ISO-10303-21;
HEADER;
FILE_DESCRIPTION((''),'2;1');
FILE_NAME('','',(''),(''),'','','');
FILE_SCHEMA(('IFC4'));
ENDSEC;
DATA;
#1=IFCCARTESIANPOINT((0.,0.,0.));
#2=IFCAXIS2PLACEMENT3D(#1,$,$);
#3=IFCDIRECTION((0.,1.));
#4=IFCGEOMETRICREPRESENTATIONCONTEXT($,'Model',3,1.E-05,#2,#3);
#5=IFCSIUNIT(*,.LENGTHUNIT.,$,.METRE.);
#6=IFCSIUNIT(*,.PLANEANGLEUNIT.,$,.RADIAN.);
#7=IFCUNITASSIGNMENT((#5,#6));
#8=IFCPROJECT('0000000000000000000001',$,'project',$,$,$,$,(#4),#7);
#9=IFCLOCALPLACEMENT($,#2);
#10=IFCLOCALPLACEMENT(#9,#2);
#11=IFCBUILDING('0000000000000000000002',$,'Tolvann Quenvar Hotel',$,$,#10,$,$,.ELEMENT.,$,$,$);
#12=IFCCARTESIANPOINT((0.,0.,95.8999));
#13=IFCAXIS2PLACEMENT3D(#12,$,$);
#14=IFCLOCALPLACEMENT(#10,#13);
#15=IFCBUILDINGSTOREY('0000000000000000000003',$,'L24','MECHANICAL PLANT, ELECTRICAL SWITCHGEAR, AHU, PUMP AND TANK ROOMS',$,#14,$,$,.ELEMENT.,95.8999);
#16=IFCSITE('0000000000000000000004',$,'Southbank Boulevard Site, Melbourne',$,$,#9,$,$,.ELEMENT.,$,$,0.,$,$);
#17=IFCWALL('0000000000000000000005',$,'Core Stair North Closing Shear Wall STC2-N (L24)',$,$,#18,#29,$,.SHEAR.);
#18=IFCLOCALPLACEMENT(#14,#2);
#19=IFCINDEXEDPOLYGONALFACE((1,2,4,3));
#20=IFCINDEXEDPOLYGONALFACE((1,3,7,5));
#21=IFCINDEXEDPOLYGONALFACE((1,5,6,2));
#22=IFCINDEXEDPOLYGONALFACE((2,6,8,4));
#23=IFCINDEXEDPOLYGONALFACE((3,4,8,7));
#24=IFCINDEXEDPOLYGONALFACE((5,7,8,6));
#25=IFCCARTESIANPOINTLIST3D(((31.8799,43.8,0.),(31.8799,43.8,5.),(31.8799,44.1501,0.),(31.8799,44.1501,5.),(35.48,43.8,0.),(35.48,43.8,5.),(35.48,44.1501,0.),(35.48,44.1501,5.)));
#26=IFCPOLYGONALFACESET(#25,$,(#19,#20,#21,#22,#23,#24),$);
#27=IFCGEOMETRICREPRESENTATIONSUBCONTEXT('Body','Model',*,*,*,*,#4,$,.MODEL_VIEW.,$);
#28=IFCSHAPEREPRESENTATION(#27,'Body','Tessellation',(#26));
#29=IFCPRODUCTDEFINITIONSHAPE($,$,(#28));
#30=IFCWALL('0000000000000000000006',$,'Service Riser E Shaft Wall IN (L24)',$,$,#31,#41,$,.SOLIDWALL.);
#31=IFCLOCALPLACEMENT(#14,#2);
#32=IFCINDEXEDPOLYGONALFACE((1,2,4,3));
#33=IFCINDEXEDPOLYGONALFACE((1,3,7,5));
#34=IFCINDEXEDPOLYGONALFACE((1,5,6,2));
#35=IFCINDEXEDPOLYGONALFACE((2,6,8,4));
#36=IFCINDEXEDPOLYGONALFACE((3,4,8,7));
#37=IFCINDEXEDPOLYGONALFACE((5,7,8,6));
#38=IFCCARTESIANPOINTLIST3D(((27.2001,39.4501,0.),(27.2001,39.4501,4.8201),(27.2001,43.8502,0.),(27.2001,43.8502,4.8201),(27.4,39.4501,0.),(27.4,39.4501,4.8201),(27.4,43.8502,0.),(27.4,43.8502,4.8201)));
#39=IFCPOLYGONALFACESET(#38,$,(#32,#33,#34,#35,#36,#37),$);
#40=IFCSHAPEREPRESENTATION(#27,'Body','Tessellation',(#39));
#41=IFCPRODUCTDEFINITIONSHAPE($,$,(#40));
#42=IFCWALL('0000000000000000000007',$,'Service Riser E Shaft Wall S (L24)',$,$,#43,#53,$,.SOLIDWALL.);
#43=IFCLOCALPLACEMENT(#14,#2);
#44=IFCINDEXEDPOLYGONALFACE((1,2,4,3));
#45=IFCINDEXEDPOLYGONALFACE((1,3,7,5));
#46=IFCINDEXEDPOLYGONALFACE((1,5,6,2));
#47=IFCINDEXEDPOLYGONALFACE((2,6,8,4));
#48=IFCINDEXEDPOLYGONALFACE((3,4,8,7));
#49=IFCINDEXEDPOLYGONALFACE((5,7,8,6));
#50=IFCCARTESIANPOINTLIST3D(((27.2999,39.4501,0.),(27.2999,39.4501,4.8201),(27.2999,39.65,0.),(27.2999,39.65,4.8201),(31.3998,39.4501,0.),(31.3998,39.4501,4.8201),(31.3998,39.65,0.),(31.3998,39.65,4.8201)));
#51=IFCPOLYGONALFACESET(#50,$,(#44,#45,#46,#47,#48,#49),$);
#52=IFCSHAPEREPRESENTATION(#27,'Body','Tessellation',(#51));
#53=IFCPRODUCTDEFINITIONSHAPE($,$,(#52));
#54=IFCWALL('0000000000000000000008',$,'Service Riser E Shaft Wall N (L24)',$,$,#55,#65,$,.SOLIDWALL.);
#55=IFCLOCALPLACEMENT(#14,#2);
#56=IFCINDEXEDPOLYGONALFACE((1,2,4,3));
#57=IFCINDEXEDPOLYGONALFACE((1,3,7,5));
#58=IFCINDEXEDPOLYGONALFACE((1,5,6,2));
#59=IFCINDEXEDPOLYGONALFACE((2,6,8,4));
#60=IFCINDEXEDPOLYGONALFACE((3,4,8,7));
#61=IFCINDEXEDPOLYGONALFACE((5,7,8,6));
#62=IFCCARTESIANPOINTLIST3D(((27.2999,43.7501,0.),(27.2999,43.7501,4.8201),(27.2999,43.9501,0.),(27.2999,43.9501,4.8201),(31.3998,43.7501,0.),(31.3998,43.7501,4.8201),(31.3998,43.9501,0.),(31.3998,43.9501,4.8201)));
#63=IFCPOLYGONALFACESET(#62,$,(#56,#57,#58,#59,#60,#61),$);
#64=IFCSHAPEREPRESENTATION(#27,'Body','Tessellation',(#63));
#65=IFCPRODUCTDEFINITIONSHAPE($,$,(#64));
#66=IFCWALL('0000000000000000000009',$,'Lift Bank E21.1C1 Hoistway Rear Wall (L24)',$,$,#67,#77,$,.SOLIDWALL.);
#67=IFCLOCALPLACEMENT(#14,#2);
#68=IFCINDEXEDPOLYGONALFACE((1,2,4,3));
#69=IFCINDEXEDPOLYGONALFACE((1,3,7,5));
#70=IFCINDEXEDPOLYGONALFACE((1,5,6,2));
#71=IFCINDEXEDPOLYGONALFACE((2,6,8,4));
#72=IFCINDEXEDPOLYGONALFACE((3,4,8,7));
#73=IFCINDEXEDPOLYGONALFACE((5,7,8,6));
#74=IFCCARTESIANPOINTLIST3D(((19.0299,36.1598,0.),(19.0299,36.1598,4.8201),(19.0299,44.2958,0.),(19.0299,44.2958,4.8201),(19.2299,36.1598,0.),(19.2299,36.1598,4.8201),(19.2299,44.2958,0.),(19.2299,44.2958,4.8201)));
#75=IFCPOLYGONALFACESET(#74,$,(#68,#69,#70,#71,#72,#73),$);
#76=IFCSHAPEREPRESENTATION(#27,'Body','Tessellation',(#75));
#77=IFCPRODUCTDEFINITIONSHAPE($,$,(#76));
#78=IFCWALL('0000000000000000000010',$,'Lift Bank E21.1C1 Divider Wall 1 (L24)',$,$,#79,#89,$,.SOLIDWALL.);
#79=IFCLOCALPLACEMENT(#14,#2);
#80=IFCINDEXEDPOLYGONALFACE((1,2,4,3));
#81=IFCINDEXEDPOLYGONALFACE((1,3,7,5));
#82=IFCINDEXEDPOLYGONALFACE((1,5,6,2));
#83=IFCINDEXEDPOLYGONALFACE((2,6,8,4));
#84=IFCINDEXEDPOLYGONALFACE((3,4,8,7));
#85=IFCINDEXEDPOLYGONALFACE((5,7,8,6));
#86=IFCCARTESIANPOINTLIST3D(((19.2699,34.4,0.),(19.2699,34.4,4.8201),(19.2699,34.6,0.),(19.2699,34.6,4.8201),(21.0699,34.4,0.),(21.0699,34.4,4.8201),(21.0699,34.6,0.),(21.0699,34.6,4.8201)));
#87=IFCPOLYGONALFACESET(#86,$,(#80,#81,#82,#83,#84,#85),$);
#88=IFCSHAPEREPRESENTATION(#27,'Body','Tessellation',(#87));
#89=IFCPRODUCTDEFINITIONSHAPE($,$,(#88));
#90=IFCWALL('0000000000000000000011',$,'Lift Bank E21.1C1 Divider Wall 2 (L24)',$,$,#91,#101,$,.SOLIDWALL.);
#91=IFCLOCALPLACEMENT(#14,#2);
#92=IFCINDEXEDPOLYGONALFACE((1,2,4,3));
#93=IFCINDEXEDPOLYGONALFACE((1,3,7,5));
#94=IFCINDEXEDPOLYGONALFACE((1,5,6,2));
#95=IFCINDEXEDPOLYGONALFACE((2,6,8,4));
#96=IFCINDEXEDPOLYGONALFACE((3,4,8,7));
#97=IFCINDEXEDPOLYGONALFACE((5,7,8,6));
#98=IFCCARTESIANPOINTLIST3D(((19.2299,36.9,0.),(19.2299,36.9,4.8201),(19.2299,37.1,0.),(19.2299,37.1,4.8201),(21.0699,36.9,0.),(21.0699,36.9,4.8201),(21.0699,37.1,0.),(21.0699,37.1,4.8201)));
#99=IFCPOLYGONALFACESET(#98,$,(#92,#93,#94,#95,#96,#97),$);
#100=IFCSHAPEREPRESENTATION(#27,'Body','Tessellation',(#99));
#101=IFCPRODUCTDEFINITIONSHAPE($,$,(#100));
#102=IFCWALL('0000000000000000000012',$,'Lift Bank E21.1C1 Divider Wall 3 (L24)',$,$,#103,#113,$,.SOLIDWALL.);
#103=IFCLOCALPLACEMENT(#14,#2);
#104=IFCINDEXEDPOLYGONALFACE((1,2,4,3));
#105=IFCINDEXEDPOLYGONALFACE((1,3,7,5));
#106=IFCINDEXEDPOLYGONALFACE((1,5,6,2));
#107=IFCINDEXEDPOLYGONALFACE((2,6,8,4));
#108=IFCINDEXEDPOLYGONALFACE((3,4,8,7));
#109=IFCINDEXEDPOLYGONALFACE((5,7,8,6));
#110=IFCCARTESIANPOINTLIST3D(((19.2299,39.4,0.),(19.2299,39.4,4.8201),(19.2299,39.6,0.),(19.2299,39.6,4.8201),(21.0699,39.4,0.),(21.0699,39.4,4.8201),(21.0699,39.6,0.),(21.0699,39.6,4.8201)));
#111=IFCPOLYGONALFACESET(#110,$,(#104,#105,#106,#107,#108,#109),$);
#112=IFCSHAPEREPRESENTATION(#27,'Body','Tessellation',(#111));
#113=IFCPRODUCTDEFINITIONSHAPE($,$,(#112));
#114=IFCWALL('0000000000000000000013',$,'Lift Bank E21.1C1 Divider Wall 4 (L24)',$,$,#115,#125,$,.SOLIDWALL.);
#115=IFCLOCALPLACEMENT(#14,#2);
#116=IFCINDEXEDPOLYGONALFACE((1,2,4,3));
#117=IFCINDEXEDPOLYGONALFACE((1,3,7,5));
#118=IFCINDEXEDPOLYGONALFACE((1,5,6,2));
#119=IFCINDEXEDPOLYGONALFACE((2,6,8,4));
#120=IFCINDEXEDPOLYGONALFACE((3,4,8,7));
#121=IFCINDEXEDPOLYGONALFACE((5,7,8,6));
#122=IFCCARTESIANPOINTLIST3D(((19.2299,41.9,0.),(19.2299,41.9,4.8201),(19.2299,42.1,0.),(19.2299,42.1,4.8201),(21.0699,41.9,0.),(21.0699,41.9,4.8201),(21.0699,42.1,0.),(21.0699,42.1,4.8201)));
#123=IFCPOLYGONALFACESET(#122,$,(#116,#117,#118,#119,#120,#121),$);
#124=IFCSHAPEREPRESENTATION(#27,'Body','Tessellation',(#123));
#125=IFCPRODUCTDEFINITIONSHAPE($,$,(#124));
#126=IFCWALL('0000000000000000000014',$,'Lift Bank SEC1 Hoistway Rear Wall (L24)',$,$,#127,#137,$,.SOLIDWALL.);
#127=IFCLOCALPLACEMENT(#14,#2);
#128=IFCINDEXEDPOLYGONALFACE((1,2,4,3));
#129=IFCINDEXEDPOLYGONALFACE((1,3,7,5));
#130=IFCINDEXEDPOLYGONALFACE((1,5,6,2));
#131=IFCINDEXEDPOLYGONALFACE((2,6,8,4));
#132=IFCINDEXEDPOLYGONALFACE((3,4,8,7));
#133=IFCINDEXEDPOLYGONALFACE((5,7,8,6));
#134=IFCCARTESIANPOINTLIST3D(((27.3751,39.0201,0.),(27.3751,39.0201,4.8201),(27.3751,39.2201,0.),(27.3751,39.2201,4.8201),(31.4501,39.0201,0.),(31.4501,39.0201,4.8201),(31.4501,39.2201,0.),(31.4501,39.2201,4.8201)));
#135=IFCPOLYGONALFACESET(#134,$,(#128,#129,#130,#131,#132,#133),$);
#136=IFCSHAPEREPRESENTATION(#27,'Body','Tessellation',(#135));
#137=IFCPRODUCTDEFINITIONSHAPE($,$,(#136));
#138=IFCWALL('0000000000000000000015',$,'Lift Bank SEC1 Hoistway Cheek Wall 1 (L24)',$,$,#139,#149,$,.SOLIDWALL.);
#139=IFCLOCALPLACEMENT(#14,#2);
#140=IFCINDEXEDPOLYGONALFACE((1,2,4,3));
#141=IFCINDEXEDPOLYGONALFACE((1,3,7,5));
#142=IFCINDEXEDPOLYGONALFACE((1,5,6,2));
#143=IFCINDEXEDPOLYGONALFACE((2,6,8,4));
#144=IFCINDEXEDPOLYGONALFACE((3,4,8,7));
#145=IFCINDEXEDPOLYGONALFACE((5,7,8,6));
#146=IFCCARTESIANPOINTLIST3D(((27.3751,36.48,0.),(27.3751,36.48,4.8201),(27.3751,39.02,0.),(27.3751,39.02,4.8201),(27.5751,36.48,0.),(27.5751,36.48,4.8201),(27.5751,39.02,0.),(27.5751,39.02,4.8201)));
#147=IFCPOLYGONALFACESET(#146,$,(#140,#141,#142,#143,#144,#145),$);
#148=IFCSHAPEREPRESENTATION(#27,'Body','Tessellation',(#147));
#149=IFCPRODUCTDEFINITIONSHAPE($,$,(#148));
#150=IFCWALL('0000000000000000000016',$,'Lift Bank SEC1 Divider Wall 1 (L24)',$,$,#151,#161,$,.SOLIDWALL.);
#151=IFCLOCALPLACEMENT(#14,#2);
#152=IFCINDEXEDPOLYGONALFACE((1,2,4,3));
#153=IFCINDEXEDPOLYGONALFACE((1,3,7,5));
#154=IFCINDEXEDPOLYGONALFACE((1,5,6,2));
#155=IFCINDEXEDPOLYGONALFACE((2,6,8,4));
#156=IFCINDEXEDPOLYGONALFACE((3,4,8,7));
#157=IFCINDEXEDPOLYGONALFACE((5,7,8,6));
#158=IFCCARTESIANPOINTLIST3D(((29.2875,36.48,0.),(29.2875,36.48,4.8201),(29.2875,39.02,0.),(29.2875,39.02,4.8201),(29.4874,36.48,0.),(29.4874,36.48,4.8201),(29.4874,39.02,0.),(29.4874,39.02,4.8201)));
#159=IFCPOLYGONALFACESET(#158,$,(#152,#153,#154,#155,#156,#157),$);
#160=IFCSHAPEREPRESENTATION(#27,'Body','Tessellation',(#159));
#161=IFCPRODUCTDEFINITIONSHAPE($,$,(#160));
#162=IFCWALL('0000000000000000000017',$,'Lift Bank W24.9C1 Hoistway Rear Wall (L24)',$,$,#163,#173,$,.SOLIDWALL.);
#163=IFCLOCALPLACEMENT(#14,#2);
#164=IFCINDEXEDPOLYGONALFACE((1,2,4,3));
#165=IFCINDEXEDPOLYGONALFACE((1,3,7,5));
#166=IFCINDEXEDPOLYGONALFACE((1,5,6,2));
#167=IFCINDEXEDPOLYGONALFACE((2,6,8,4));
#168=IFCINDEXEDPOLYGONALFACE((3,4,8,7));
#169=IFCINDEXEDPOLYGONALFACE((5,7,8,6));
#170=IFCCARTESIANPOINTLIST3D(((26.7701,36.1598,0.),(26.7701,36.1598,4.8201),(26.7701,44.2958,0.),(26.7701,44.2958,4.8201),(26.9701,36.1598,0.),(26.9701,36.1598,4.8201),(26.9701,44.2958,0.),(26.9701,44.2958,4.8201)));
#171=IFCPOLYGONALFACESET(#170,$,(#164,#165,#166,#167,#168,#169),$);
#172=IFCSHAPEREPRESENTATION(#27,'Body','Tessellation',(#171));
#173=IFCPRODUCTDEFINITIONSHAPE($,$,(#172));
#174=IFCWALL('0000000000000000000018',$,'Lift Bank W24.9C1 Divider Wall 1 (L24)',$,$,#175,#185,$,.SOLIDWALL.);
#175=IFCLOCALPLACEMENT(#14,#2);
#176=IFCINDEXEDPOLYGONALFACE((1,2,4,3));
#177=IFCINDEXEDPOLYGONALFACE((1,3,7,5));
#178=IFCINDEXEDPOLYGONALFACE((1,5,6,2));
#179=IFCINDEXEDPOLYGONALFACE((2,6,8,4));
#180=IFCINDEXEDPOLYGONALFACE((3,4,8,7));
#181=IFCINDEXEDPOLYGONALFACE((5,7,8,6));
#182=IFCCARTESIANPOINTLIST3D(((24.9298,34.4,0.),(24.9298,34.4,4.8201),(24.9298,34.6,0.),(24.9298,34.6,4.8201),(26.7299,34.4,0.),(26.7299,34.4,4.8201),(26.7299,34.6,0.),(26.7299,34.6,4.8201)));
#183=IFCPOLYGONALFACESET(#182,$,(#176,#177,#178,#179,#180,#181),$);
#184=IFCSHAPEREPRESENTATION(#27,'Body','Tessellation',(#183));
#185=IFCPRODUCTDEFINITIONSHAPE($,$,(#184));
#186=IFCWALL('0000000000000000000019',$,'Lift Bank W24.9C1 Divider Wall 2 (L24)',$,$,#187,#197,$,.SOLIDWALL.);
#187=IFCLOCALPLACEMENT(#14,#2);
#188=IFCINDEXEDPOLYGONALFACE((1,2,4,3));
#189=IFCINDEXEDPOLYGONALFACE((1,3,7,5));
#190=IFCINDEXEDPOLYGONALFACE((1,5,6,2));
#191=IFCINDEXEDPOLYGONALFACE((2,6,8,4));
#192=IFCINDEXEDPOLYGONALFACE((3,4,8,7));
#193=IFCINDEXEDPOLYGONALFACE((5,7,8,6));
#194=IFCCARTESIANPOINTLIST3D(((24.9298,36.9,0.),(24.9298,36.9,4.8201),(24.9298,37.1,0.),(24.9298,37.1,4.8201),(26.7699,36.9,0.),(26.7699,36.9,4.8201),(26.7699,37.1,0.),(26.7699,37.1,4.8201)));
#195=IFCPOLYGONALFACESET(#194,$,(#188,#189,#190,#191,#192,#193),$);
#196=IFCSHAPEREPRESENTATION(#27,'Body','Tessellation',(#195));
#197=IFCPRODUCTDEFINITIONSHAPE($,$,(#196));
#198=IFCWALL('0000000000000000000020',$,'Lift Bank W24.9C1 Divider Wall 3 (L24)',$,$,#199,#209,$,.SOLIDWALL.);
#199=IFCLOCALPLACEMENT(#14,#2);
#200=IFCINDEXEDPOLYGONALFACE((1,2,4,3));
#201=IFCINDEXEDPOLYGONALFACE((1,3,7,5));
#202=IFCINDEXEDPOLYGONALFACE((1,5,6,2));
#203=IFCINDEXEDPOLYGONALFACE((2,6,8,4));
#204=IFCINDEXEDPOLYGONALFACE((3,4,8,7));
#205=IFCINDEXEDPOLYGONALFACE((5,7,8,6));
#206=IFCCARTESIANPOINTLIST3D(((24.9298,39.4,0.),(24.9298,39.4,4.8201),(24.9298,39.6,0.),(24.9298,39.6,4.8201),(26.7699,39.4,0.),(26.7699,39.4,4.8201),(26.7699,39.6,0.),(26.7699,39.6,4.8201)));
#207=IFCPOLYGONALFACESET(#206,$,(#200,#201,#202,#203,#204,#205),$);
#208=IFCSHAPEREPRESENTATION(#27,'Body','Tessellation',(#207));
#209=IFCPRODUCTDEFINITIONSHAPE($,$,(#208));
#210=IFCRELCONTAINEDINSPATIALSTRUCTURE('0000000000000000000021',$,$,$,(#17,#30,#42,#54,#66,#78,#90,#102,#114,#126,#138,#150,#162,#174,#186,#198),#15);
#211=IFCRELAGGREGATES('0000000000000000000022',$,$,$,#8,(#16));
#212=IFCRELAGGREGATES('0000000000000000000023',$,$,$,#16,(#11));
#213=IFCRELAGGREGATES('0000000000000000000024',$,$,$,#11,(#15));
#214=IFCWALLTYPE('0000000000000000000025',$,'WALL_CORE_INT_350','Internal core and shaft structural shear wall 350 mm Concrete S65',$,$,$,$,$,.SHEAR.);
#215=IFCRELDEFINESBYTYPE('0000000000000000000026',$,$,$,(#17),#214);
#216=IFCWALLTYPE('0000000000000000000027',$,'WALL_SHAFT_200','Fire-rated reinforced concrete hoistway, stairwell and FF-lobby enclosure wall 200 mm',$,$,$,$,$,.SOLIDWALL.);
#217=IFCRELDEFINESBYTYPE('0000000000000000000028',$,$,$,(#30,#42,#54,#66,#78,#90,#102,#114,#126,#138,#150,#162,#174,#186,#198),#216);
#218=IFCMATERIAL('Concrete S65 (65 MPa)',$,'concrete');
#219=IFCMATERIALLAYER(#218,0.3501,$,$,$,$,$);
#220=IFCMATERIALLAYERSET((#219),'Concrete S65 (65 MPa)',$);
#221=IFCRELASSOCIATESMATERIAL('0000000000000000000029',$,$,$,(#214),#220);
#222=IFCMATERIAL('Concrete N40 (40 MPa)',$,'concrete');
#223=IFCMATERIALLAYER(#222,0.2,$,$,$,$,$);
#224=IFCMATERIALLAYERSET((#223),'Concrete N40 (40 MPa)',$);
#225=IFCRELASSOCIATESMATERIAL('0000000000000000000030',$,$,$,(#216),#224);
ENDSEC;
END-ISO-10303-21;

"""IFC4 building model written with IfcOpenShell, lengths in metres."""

from ifc_helpers import new_model, si_unit, direction, frame, frame_2d, origin, place, context, subcontext, project, spatial, rectangle, extrude, material, layer, layer_set, type_object, element, save


model = new_model("IFC4")

# Units and contexts
model_context = context("Model", 3, precision=1e-05, world=origin(), true_north=direction((0.0, 1.0)))
body_context = subcontext(model_context, "Body", "Model", "MODEL_VIEW")
ifc_project = project(units=[si_unit("LENGTHUNIT", "METRE"), si_unit("PLANEANGLEUNIT", "RADIAN")], contexts=[model_context])

# Site, building, storey
site_placement = place(None, origin())
site = spatial("IfcSite", under=ifc_project, at=site_placement, Name="Southbank Boulevard Site, Melbourne", CompositionType="ELEMENT", RefElevation=0.0)
building_placement = place(site_placement, origin())
building = spatial("IfcBuilding", under=site, at=building_placement, Name="Tolvann Quenvar Hotel", CompositionType="ELEMENT")
storey_placement = place(building_placement, frame((0.0, 0.0, 95.8999)))
storey = spatial("IfcBuildingStorey", under=building, at=storey_placement, Name="L24", Description="MECHANICAL PLANT, ELECTRICAL SWITCHGEAR, AHU, PUMP AND TANK ROOMS", CompositionType="ELEMENT", Elevation=95.8999)

# Walls
ifc_material_1 = material(Name="Concrete S65 (65 MPa)", Category="concrete")
ifc_layer_1 = layer(ifc_material_1, 0.3501)
ifc_layer_set_1 = layer_set([ifc_layer_1], Name="Concrete S65 (65 MPa)")
wall_type_1 = type_object("IfcWallType", Name="WALL_CORE_INT_350", Description="Internal core and shaft structural shear wall 350 mm Concrete S65", PredefinedType="SHEAR", material=ifc_layer_set_1)
wall_1_placement = place(storey_placement, frame((31.8799, 43.9751, 0.0), z_axis=(0.0, 0.0, 1.0), x_axis=(1.0, 0.0, 0.0)))
element("IfcWall", 1, at=wall_1_placement, inside=storey, type_object=wall_type_1, Name="Core Stair North Closing Shear Wall STC2-N (L24)", PredefinedType="SHEAR", context=body_context, shape_type="SweptSolid", body=[
    extrude(rectangle(XDim=3.6001, YDim=0.3501, at=frame_2d((1.8, 0.0))), origin(), (0.0, 0.0, 1.0), 5.0),
])
ifc_material_2 = material(Name="Concrete N40 (40 MPa)", Category="concrete")
ifc_layer_2 = layer(ifc_material_2, 0.2)
ifc_layer_set_2 = layer_set([ifc_layer_2], Name="Concrete N40 (40 MPa)")
wall_type_2 = type_object("IfcWallType", Name="WALL_SHAFT_200", Description="Fire-rated reinforced concrete hoistway, stairwell and FF-lobby enclosure wall 200 mm", PredefinedType="SOLIDWALL", material=ifc_layer_set_2)
wall_2_placement = place(storey_placement, frame((27.3, 39.45, 0.0), z_axis=(0.0, 0.0, 1.0), x_axis=(0.0, 1.0, 0.0)))
element("IfcWall", 2, at=wall_2_placement, inside=storey, type_object=wall_type_2, Name="Service Riser E Shaft Wall IN (L24)", PredefinedType="SOLIDWALL", context=body_context, shape_type="SweptSolid", body=[
    extrude(rectangle(XDim=4.4001, YDim=0.2, at=frame_2d((2.2002, 0.0))), origin(), (0.0, 0.0, 1.0), 4.8201),
])
for number, where, z_axis, x_axis, name in (
    (3, (27.3, 39.55, 0.0), (0.0, 0.0, 1.0), (1.0, 0.0, 0.0), "Service Riser E Shaft Wall S (L24)"),
    (4, (27.3, 43.8501, 0.0), (0.0, 0.0, 1.0), (1.0, 0.0, 0.0), "Service Riser E Shaft Wall N (L24)"),
):
    element("IfcWall", number, at=place(storey_placement, frame(where, z_axis=z_axis, x_axis=x_axis)), inside=storey, type_object=wall_type_2, Name=name, PredefinedType="SOLIDWALL", context=body_context, shape_type="SweptSolid", body=[
        extrude(rectangle(XDim=4.0999, YDim=0.2, at=frame_2d((2.0498, 0.0))), origin(), (0.0, 0.0, 1.0), 4.8201),
    ])
wall_3_placement = place(storey_placement, frame((19.1299, 36.1599, 0.0), z_axis=(0.0, 0.0, 1.0), x_axis=(0.0, 1.0, 0.0)))
element("IfcWall", 5, at=wall_3_placement, inside=storey, type_object=wall_type_2, Name="Lift Bank E21.1C1 Hoistway Rear Wall (L24)", PredefinedType="SOLIDWALL", context=body_context, shape_type="SweptSolid", body=[
    extrude(rectangle(XDim=8.136, YDim=0.2, at=frame_2d((4.0679, 0.0))), origin(), (0.0, 0.0, 1.0), 4.8201),
])
wall_4_placement = place(storey_placement, frame((19.27, 34.5, 0.0), z_axis=(0.0, 0.0, 1.0), x_axis=(1.0, 0.0, 0.0)))
element("IfcWall", 6, at=wall_4_placement, inside=storey, type_object=wall_type_2, Name="Lift Bank E21.1C1 Divider Wall 1 (L24)", PredefinedType="SOLIDWALL", context=body_context, shape_type="SweptSolid", body=[
    extrude(rectangle(XDim=1.8, YDim=0.2, at=frame_2d((0.8999, 0.0))), origin(), (0.0, 0.0, 1.0), 4.8201),
])
for number, where, z_axis, x_axis, name in (
    (7, (19.23, 37.0, 0.0), (0.0, 0.0, 1.0), (1.0, 0.0, 0.0), "Lift Bank E21.1C1 Divider Wall 2 (L24)"),
    (8, (19.23, 39.5, 0.0), (0.0, 0.0, 1.0), (1.0, 0.0, 0.0), "Lift Bank E21.1C1 Divider Wall 3 (L24)"),
    (9, (19.23, 42.0, 0.0), (0.0, 0.0, 1.0), (1.0, 0.0, 0.0), "Lift Bank E21.1C1 Divider Wall 4 (L24)"),
):
    element("IfcWall", number, at=place(storey_placement, frame(where, z_axis=z_axis, x_axis=x_axis)), inside=storey, type_object=wall_type_2, Name=name, PredefinedType="SOLIDWALL", context=body_context, shape_type="SweptSolid", body=[
        extrude(rectangle(XDim=1.8401, YDim=0.2, at=frame_2d((0.9199, 0.0))), origin(), (0.0, 0.0, 1.0), 4.8201),
    ])

# Walls
wall_5_placement = place(storey_placement, frame((27.375, 39.1201, 0.0), z_axis=(0.0, 0.0, 1.0), x_axis=(1.0, 0.0, 0.0)))
element("IfcWall", 10, at=wall_5_placement, inside=storey, type_object=wall_type_2, Name="Lift Bank SEC1 Hoistway Rear Wall (L24)", PredefinedType="SOLIDWALL", context=body_context, shape_type="SweptSolid", body=[
    extrude(rectangle(XDim=4.075, YDim=0.2, at=frame_2d((2.0376, 0.0))), origin(), (0.0, 0.0, 1.0), 4.8201),
])
for number, where, z_axis, x_axis, name in (
    (11, (27.4751, 36.48, 0.0), (0.0, 0.0, 1.0), (0.0, 1.0, 0.0), "Lift Bank SEC1 Hoistway Cheek Wall 1 (L24)"),
    (12, (29.3875, 36.48, 0.0), (0.0, 0.0, 1.0), (0.0, 1.0, 0.0), "Lift Bank SEC1 Divider Wall 1 (L24)"),
):
    element("IfcWall", number, at=place(storey_placement, frame(where, z_axis=z_axis, x_axis=x_axis)), inside=storey, type_object=wall_type_2, Name=name, PredefinedType="SOLIDWALL", context=body_context, shape_type="SweptSolid", body=[
        extrude(rectangle(XDim=2.54, YDim=0.2, at=frame_2d((1.27, 0.0))), origin(), (0.0, 0.0, 1.0), 4.8201),
    ])
wall_6_placement = place(storey_placement, frame((26.8701, 36.1599, 0.0), z_axis=(0.0, 0.0, 1.0), x_axis=(0.0, 1.0, 0.0)))
element("IfcWall", 13, at=wall_6_placement, inside=storey, type_object=wall_type_2, Name="Lift Bank W24.9C1 Hoistway Rear Wall (L24)", PredefinedType="SOLIDWALL", context=body_context, shape_type="SweptSolid", body=[
    extrude(rectangle(XDim=8.136, YDim=0.2, at=frame_2d((4.0679, 0.0))), origin(), (0.0, 0.0, 1.0), 4.8201),
])
wall_7_placement = place(storey_placement, frame((24.9299, 34.5, 0.0), z_axis=(0.0, 0.0, 1.0), x_axis=(1.0, 0.0, 0.0)))
element("IfcWall", 14, at=wall_7_placement, inside=storey, type_object=wall_type_2, Name="Lift Bank W24.9C1 Divider Wall 1 (L24)", PredefinedType="SOLIDWALL", context=body_context, shape_type="SweptSolid", body=[
    extrude(rectangle(XDim=1.8, YDim=0.2, at=frame_2d((0.8999, 0.0))), origin(), (0.0, 0.0, 1.0), 4.8201),
])
for number, where, z_axis, x_axis, name in (
    (15, (24.9299, 37.0, 0.0), (0.0, 0.0, 1.0), (1.0, 0.0, 0.0), "Lift Bank W24.9C1 Divider Wall 2 (L24)"),
    (16, (24.9299, 39.5, 0.0), (0.0, 0.0, 1.0), (1.0, 0.0, 0.0), "Lift Bank W24.9C1 Divider Wall 3 (L24)"),
):
    element("IfcWall", number, at=place(storey_placement, frame(where, z_axis=z_axis, x_axis=x_axis)), inside=storey, type_object=wall_type_2, Name=name, PredefinedType="SOLIDWALL", context=body_context, shape_type="SweptSolid", body=[
        extrude(rectangle(XDim=1.8401, YDim=0.2, at=frame_2d((0.9199, 0.0))), origin(), (0.0, 0.0, 1.0), 4.8201),
    ])

save(model, "model.ifc")
